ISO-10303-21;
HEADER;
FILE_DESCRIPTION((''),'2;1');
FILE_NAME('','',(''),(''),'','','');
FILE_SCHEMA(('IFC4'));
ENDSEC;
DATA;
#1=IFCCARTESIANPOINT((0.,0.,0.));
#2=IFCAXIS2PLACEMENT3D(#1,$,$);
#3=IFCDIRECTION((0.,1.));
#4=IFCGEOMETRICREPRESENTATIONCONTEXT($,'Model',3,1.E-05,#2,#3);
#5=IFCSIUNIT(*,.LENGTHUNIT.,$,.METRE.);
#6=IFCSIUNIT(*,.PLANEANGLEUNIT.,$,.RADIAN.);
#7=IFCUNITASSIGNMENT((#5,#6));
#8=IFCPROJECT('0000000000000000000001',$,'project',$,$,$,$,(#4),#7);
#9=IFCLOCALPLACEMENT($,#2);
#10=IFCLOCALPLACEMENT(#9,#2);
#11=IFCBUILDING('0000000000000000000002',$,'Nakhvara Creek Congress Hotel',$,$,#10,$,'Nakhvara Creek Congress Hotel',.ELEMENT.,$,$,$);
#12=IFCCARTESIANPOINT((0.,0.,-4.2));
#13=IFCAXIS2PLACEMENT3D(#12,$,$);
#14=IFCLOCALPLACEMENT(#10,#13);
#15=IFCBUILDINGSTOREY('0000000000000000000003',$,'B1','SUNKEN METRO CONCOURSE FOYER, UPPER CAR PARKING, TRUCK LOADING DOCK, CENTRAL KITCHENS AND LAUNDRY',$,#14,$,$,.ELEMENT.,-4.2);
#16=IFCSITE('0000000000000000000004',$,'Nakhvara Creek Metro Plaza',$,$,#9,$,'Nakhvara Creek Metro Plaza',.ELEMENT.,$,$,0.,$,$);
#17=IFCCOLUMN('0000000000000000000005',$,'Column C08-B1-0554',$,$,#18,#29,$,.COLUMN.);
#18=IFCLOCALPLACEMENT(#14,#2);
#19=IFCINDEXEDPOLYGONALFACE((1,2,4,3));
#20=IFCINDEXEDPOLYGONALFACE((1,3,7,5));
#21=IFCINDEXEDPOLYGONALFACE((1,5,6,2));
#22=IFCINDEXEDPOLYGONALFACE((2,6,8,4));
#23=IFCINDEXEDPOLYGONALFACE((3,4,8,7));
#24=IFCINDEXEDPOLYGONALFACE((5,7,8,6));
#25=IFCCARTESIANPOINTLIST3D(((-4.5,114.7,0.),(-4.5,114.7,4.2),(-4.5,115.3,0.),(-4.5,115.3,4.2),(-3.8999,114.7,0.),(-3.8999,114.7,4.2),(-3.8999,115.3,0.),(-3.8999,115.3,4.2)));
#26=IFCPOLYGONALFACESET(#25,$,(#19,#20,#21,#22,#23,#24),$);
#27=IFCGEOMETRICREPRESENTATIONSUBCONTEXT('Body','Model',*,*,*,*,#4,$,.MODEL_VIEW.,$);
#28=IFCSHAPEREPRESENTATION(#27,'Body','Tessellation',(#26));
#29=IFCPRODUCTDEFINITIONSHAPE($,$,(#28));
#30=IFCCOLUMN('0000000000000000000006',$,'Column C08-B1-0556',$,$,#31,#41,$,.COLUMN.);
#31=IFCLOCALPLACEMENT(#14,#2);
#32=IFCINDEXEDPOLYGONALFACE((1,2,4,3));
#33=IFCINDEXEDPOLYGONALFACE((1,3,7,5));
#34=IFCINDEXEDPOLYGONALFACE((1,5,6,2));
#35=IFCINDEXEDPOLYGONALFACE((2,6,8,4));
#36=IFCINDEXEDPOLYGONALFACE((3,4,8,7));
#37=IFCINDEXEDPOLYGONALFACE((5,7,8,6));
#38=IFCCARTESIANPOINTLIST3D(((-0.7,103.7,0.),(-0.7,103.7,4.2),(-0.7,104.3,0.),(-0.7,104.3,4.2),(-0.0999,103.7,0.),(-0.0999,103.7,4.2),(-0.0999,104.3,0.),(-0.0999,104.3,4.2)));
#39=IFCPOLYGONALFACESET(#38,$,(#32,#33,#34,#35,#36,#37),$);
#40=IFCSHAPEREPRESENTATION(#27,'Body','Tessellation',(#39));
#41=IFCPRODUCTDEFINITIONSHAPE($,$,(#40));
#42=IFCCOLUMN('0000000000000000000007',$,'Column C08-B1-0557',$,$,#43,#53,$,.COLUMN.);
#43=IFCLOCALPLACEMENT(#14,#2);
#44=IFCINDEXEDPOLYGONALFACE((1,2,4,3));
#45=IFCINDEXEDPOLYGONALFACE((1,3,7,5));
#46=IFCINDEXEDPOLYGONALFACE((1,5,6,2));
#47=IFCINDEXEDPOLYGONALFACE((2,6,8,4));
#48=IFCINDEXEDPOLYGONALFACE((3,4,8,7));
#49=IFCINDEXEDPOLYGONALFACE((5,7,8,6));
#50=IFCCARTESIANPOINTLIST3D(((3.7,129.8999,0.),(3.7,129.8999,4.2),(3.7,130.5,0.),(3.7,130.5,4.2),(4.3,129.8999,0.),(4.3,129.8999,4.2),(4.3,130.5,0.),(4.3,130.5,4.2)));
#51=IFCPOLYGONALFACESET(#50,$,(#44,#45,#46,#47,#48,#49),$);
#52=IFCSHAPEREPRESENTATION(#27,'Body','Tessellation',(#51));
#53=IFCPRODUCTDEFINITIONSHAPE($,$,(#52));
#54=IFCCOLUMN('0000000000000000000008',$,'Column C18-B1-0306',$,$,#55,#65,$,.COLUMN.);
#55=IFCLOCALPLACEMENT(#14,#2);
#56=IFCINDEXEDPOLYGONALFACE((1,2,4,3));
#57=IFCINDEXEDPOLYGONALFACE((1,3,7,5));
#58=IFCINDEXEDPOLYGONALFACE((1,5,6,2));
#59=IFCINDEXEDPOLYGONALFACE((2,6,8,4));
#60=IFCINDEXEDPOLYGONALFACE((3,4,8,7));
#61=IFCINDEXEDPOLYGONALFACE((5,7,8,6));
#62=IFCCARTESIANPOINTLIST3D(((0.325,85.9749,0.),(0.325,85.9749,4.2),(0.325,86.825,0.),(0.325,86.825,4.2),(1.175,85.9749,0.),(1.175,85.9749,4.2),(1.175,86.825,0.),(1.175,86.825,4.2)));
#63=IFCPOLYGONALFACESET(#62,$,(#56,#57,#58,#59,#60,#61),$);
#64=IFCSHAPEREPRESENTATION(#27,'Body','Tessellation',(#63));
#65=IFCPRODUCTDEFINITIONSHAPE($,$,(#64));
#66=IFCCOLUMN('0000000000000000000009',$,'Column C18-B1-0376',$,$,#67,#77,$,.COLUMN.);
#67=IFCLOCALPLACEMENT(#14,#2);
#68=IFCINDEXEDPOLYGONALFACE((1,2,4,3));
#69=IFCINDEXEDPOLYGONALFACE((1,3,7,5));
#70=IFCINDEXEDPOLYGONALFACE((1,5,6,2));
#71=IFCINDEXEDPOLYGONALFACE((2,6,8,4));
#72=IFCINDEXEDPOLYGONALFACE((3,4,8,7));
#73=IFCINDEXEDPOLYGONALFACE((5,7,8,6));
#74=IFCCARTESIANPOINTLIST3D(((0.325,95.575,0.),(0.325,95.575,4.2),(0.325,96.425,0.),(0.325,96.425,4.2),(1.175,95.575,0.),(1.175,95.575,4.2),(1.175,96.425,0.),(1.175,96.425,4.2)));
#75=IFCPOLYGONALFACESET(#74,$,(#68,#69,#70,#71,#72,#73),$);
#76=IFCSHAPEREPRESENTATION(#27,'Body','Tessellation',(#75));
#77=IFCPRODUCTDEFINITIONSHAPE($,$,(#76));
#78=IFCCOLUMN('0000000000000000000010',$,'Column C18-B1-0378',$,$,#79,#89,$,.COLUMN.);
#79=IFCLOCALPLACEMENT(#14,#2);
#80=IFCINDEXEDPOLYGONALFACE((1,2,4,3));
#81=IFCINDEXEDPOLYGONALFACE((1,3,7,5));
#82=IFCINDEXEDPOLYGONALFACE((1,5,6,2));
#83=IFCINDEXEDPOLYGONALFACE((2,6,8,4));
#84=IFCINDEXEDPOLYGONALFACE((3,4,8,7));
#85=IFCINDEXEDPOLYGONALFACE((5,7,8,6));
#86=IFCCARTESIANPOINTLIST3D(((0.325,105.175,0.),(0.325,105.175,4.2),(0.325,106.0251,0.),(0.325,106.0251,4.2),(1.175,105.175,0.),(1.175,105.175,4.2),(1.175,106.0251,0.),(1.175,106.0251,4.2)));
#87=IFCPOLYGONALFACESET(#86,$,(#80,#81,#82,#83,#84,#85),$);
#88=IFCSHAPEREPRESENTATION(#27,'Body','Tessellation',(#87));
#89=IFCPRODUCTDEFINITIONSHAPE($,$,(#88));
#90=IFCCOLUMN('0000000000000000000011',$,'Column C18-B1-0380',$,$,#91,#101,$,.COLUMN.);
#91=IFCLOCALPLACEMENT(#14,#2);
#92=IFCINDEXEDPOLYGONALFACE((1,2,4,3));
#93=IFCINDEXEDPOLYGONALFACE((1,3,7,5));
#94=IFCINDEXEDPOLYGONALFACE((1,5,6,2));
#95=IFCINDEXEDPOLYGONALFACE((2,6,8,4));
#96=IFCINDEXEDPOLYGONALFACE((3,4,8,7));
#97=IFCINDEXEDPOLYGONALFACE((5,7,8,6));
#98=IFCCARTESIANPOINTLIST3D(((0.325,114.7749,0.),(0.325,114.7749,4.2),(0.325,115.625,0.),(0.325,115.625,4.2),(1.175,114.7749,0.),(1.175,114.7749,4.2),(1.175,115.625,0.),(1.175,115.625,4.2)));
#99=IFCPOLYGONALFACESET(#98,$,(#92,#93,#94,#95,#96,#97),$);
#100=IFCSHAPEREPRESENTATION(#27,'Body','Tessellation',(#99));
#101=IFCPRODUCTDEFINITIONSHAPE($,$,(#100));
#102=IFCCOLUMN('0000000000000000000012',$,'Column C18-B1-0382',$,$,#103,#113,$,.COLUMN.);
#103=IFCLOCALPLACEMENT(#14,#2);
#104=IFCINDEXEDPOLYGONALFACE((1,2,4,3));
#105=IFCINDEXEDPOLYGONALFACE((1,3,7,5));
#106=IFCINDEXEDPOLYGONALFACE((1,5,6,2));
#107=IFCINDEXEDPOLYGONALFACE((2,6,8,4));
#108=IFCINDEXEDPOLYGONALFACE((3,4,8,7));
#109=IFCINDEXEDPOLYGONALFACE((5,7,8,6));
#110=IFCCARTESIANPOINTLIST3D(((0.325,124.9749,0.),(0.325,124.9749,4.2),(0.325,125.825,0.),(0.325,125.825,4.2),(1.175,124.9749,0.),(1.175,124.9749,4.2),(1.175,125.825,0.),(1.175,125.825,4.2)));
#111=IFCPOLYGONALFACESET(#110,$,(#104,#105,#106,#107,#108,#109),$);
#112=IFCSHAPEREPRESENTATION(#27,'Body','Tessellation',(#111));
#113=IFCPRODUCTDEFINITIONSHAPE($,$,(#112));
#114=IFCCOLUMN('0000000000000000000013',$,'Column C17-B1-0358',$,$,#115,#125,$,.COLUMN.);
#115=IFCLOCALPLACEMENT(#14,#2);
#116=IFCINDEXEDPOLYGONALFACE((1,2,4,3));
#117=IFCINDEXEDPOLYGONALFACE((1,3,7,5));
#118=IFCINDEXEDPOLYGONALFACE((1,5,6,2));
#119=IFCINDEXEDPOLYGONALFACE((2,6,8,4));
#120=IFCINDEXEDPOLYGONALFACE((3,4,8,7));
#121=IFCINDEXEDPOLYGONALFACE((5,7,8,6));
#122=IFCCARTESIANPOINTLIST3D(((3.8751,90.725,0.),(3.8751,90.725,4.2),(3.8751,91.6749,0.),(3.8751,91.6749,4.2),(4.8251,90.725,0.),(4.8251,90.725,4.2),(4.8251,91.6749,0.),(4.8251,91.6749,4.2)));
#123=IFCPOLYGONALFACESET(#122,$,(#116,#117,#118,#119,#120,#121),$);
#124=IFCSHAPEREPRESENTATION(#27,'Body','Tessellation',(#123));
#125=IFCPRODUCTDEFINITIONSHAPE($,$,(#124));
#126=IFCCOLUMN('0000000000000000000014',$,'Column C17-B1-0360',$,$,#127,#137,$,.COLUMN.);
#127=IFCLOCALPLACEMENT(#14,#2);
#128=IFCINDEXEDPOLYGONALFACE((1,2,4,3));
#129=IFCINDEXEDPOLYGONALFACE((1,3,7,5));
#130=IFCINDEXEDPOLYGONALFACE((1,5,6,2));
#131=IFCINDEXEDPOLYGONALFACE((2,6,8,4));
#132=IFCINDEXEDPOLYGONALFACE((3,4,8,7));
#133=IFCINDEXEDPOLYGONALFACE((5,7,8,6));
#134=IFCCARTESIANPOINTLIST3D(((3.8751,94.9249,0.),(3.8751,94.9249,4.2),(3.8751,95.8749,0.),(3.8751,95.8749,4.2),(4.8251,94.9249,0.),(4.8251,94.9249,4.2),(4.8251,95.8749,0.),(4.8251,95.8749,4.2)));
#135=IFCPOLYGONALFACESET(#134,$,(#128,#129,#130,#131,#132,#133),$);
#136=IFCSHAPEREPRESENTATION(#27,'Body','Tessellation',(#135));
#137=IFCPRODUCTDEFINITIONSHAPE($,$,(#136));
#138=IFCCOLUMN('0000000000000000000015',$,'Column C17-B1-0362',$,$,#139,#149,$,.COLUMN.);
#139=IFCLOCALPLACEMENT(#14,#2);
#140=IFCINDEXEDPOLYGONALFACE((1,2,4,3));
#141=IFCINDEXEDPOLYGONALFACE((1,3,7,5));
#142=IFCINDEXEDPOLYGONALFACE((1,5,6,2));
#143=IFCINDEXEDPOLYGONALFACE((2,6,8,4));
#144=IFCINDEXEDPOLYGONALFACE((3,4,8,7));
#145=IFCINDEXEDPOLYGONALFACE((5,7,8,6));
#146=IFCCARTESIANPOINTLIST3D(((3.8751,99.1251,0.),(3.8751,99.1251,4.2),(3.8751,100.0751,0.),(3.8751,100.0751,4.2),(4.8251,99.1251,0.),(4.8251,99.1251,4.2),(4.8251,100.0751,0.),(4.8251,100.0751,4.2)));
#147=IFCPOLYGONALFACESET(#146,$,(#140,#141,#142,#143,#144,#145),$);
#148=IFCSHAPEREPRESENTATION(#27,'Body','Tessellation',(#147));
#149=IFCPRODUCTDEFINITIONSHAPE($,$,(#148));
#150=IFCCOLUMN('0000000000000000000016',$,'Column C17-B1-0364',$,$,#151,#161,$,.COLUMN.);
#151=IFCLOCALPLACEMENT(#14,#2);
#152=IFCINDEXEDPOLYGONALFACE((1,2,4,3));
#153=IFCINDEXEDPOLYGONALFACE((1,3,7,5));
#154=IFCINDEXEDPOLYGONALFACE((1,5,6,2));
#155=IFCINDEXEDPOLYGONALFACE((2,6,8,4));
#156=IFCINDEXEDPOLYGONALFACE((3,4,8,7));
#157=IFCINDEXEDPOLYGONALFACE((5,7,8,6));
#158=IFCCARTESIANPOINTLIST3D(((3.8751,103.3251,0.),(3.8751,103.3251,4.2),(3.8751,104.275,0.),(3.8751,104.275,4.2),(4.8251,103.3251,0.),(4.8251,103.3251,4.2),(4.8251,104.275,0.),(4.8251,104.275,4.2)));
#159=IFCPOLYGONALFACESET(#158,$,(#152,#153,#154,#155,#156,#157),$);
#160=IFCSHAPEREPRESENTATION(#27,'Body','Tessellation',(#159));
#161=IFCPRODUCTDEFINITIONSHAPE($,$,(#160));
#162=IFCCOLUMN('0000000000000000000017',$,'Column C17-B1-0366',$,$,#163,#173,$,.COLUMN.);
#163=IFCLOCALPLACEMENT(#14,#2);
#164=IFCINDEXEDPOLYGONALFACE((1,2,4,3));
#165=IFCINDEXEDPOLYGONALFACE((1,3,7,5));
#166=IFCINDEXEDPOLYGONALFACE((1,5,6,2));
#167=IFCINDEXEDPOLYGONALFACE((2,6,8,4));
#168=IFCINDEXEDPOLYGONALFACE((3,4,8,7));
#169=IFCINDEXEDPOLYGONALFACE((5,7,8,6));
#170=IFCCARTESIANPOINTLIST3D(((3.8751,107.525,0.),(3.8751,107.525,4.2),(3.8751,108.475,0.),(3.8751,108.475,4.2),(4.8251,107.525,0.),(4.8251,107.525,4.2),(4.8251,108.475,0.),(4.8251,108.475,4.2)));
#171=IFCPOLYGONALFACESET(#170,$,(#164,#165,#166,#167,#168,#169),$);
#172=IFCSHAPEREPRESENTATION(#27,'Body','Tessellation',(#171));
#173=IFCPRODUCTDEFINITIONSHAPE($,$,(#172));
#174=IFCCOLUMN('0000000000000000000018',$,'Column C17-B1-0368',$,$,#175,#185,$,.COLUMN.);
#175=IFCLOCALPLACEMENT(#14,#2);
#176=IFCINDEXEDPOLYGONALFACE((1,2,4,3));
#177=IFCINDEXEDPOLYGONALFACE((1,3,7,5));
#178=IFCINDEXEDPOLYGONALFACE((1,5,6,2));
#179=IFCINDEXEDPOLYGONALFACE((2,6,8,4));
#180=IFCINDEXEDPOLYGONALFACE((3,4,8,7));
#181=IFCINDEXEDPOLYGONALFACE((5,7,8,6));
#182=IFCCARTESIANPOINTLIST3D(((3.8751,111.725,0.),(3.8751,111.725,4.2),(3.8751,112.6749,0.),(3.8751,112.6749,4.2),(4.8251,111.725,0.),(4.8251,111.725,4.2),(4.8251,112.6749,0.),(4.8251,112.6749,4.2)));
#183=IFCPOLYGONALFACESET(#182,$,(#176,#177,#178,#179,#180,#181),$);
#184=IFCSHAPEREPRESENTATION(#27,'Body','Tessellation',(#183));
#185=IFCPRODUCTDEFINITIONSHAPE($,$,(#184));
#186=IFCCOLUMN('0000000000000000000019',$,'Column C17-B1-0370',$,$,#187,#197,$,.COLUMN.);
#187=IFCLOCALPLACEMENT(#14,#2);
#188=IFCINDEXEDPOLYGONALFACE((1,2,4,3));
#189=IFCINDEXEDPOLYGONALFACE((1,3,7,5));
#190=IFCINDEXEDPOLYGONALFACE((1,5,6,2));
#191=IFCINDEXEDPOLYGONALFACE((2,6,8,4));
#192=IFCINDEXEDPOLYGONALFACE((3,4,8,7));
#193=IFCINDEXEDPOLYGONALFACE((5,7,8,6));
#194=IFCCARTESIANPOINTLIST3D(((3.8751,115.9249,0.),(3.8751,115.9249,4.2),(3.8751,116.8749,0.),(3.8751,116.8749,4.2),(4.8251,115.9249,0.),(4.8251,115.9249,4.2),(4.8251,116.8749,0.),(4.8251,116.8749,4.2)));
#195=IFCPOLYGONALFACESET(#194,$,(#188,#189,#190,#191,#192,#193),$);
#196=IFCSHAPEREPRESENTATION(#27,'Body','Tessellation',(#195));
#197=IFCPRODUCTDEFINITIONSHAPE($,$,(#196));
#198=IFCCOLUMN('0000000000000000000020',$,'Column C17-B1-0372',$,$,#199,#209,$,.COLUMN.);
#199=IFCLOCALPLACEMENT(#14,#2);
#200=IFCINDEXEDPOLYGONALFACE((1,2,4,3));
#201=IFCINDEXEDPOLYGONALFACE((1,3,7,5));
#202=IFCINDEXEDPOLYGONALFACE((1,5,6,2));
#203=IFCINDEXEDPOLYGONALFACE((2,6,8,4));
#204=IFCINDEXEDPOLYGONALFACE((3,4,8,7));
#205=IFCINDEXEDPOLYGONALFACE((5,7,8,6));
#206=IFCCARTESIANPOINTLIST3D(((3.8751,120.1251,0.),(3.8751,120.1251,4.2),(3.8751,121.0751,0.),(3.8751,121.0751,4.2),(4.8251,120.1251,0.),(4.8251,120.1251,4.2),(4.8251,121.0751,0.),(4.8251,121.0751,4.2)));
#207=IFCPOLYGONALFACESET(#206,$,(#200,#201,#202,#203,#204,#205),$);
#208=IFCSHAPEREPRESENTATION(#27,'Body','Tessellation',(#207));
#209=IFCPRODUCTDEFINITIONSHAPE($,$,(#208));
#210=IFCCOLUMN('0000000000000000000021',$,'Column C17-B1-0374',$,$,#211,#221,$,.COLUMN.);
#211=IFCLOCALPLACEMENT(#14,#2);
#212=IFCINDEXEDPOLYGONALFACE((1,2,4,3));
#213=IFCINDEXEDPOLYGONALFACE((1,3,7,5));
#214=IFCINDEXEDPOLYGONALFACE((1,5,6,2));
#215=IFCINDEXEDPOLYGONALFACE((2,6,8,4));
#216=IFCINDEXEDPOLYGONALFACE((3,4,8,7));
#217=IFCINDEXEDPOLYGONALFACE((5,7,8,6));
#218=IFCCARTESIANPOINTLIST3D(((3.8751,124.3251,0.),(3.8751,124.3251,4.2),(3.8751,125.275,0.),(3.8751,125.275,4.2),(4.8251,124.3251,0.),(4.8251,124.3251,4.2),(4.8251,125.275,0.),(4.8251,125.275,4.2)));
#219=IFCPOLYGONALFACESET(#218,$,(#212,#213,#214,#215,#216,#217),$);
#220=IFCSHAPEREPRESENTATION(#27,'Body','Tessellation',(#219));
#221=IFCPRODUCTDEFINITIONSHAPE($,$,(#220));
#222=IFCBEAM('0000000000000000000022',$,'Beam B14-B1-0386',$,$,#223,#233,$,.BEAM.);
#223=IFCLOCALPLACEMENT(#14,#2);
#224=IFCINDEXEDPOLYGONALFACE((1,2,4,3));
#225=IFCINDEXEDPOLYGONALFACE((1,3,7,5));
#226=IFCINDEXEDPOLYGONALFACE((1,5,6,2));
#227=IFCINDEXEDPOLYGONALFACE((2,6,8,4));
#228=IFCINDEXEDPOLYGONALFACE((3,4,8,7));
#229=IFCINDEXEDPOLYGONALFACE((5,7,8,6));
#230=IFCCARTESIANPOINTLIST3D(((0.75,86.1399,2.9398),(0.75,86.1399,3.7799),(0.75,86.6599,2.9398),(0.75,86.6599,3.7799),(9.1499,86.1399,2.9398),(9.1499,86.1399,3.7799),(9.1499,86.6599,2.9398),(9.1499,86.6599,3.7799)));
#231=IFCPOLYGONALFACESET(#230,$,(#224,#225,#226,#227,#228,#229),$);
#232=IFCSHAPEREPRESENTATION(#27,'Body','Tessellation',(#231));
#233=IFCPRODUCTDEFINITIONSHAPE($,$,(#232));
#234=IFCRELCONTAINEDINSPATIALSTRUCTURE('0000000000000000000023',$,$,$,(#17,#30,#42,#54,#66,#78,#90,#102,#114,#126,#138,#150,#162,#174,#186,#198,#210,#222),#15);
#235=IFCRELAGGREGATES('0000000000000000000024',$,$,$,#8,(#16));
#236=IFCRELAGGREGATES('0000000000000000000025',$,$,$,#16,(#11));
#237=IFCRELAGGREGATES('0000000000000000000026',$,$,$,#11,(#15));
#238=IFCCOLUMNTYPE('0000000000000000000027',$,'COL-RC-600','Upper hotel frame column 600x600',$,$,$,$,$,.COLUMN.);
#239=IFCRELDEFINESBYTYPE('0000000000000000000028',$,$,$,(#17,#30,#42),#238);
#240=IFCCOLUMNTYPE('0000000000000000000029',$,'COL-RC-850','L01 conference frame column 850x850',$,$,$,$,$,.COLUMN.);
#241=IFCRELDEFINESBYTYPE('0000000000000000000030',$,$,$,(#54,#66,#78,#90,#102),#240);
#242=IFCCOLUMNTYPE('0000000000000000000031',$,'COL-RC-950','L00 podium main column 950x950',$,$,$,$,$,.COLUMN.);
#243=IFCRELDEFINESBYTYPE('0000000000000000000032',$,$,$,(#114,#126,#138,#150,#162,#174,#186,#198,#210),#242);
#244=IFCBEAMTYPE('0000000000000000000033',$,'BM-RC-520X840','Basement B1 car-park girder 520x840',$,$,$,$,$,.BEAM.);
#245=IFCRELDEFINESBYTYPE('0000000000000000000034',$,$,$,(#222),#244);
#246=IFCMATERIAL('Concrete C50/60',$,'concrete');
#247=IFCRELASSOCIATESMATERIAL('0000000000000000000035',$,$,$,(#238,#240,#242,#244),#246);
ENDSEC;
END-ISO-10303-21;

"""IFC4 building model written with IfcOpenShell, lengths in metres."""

from ifc_helpers import new_model, si_unit, direction, frame, origin, origin_2d, place, context, subcontext, project, spatial, rectangle, extrude, material, material_profile, profile_set, type_object, element, save


model = new_model("IFC4")

# Units and contexts
model_context = context("Model", 3, precision=1e-05, world=origin(), true_north=direction((0.0, 1.0)))
body_context = subcontext(model_context, "Body", "Model", "MODEL_VIEW")
ifc_project = project(units=[si_unit("LENGTHUNIT", "METRE"), si_unit("PLANEANGLEUNIT", "RADIAN")], contexts=[model_context])

# Site, building, storey
site_placement = place(None, origin())
site = spatial("IfcSite", under=ifc_project, at=site_placement, Name="Nakhvara Creek Metro Plaza", LongName="Nakhvara Creek Metro Plaza", CompositionType="ELEMENT", RefElevation=0.0)
building_placement = place(site_placement, origin())
building = spatial("IfcBuilding", under=site, at=building_placement, Name="Nakhvara Creek Congress Hotel", LongName="Nakhvara Creek Congress Hotel", CompositionType="ELEMENT")
storey_placement = place(building_placement, frame((0.0, 0.0, -4.2)))
storey = spatial("IfcBuildingStorey", under=building, at=storey_placement, Name="B1", Description="SUNKEN METRO CONCOURSE FOYER, UPPER CAR PARKING, TRUCK LOADING DOCK, CENTRAL KITCHENS AND LAUNDRY", CompositionType="ELEMENT", Elevation=-4.2)

# Columns
ifc_material_1 = material(Name="Concrete C50/60", Category="concrete")
ifc_material_profile_1 = material_profile(ifc_material_1, rectangle(XDim=0.6001, YDim=0.6001, at=origin_2d()), Name="RC-COL 600x600", Category="LoadBearing")
ifc_profile_set_1 = profile_set([ifc_material_profile_1], Name="Concrete C50/60")
column_type_1 = type_object("IfcColumnType", Name="COL-RC-600", Description="Upper hotel frame column 600x600", PredefinedType="COLUMN", material=ifc_profile_set_1)
for number, where, z_axis, x_axis, name in (
    (1, (-4.2, 115.0, 0.0), (0.0, 0.0, 1.0), (1.0, 0.0, 0.0), "Column C08-B1-0554"),
    (2, (-0.3999, 104.0, 0.0), (0.0, 0.0, 1.0), (1.0, 0.0, 0.0), "Column C08-B1-0556"),
    (3, (4.0, 130.2, 0.0), (0.0, 0.0, 1.0), (1.0, 0.0, 0.0), "Column C08-B1-0557"),
):
    element("IfcColumn", number, at=place(storey_placement, frame(where, z_axis=z_axis, x_axis=x_axis)), inside=storey, type_object=column_type_1, Name=name, PredefinedType="COLUMN", context=body_context, shape_type="SweptSolid", body=[
        extrude(rectangle(XDim=0.6001, YDim=0.6001, at=origin_2d()), origin(), (0.0, 0.0, 1.0), 4.2),
    ])
ifc_material_profile_2 = material_profile(ifc_material_1, rectangle(XDim=0.8501, YDim=0.8501, at=origin_2d()), Name="RC-COL 850x850", Category="LoadBearing")
ifc_profile_set_2 = profile_set([ifc_material_profile_2], Name="Concrete C50/60")
column_type_2 = type_object("IfcColumnType", Name="COL-RC-850", Description="L01 conference frame column 850x850", PredefinedType="COLUMN", material=ifc_profile_set_2)
for number, where, z_axis, x_axis, name in (
    (4, (0.75, 86.3999, 0.0), (0.0, 0.0, 1.0), (1.0, 0.0, 0.0), "Column C18-B1-0306"),
    (5, (0.75, 96.0, 0.0), (0.0, 0.0, 1.0), (1.0, 0.0, 0.0), "Column C18-B1-0376"),
    (6, (0.75, 105.6001, 0.0), (0.0, 0.0, 1.0), (1.0, 0.0, 0.0), "Column C18-B1-0378"),
    (7, (0.75, 115.2, 0.0), (0.0, 0.0, 1.0), (1.0, 0.0, 0.0), "Column C18-B1-0380"),
    (8, (0.75, 125.3999, 0.0), (0.0, 0.0, 1.0), (1.0, 0.0, 0.0), "Column C18-B1-0382"),
):
    element("IfcColumn", number, at=place(storey_placement, frame(where, z_axis=z_axis, x_axis=x_axis)), inside=storey, type_object=column_type_2, Name=name, PredefinedType="COLUMN", context=body_context, shape_type="SweptSolid", body=[
        extrude(rectangle(XDim=0.8501, YDim=0.8501, at=origin_2d()), origin(), (0.0, 0.0, 1.0), 4.2),
    ])
ifc_material_profile_3 = material_profile(ifc_material_1, rectangle(XDim=0.95, YDim=0.95, at=origin_2d()), Name="RC-COL 950x950", Category="LoadBearing")
ifc_profile_set_3 = profile_set([ifc_material_profile_3], Name="Concrete C50/60")
column_type_3 = type_object("IfcColumnType", Name="COL-RC-950", Description="L00 podium main column 950x950", PredefinedType="COLUMN", material=ifc_profile_set_3)
for number, where, z_axis, x_axis, name in (
    (9, (4.3501, 91.2, 0.0), (0.0, 0.0, 1.0), (1.0, 0.0, 0.0), "Column C17-B1-0358"),
    (10, (4.3501, 95.3999, 0.0), (0.0, 0.0, 1.0), (1.0, 0.0, 0.0), "Column C17-B1-0360"),
    (11, (4.3501, 99.6001, 0.0), (0.0, 0.0, 1.0), (1.0, 0.0, 0.0), "Column C17-B1-0362"),
    (12, (4.3501, 103.8, 0.0), (0.0, 0.0, 1.0), (1.0, 0.0, 0.0), "Column C17-B1-0364"),
    (13, (4.3501, 108.0, 0.0), (0.0, 0.0, 1.0), (1.0, 0.0, 0.0), "Column C17-B1-0366"),
    (14, (4.3501, 112.2, 0.0), (0.0, 0.0, 1.0), (1.0, 0.0, 0.0), "Column C17-B1-0368"),
    (15, (4.3501, 116.3999, 0.0), (0.0, 0.0, 1.0), (1.0, 0.0, 0.0), "Column C17-B1-0370"),
    (16, (4.3501, 120.6001, 0.0), (0.0, 0.0, 1.0), (1.0, 0.0, 0.0), "Column C17-B1-0372"),
    (17, (4.3501, 124.8, 0.0), (0.0, 0.0, 1.0), (1.0, 0.0, 0.0), "Column C17-B1-0374"),
):
    element("IfcColumn", number, at=place(storey_placement, frame(where, z_axis=z_axis, x_axis=x_axis)), inside=storey, type_object=column_type_3, Name=name, PredefinedType="COLUMN", context=body_context, shape_type="SweptSolid", body=[
        extrude(rectangle(XDim=0.95, YDim=0.95, at=origin_2d()), origin(), (0.0, 0.0, 1.0), 4.2),
    ])

# Beam
ifc_material_profile_4 = material_profile(ifc_material_1, rectangle(XDim=0.52, YDim=0.8401, at=origin_2d()), Name="RC-BM 520x840", Category="LoadBearing")
ifc_profile_set_4 = profile_set([ifc_material_profile_4], Name="Concrete C50/60")
beam_type_1 = type_object("IfcBeamType", Name="BM-RC-520X840", Description="Basement B1 car-park girder 520x840", PredefinedType="BEAM", material=ifc_profile_set_4)
beam_1_placement = place(storey_placement, frame((0.75, 86.3999, 3.3599), z_axis=(1.0, 0.0, 0.0), x_axis=(0.0, 1.0, 0.0)))
element("IfcBeam", 18, at=beam_1_placement, inside=storey, type_object=beam_type_1, Name="Beam B14-B1-0386", PredefinedType="BEAM", context=body_context, shape_type="SweptSolid", body=[
    extrude(rectangle(XDim=0.52, YDim=0.8401, at=origin_2d()), origin(), (0.0, 0.0, 1.0), 8.3999),
])

save(model, "model.ifc")
